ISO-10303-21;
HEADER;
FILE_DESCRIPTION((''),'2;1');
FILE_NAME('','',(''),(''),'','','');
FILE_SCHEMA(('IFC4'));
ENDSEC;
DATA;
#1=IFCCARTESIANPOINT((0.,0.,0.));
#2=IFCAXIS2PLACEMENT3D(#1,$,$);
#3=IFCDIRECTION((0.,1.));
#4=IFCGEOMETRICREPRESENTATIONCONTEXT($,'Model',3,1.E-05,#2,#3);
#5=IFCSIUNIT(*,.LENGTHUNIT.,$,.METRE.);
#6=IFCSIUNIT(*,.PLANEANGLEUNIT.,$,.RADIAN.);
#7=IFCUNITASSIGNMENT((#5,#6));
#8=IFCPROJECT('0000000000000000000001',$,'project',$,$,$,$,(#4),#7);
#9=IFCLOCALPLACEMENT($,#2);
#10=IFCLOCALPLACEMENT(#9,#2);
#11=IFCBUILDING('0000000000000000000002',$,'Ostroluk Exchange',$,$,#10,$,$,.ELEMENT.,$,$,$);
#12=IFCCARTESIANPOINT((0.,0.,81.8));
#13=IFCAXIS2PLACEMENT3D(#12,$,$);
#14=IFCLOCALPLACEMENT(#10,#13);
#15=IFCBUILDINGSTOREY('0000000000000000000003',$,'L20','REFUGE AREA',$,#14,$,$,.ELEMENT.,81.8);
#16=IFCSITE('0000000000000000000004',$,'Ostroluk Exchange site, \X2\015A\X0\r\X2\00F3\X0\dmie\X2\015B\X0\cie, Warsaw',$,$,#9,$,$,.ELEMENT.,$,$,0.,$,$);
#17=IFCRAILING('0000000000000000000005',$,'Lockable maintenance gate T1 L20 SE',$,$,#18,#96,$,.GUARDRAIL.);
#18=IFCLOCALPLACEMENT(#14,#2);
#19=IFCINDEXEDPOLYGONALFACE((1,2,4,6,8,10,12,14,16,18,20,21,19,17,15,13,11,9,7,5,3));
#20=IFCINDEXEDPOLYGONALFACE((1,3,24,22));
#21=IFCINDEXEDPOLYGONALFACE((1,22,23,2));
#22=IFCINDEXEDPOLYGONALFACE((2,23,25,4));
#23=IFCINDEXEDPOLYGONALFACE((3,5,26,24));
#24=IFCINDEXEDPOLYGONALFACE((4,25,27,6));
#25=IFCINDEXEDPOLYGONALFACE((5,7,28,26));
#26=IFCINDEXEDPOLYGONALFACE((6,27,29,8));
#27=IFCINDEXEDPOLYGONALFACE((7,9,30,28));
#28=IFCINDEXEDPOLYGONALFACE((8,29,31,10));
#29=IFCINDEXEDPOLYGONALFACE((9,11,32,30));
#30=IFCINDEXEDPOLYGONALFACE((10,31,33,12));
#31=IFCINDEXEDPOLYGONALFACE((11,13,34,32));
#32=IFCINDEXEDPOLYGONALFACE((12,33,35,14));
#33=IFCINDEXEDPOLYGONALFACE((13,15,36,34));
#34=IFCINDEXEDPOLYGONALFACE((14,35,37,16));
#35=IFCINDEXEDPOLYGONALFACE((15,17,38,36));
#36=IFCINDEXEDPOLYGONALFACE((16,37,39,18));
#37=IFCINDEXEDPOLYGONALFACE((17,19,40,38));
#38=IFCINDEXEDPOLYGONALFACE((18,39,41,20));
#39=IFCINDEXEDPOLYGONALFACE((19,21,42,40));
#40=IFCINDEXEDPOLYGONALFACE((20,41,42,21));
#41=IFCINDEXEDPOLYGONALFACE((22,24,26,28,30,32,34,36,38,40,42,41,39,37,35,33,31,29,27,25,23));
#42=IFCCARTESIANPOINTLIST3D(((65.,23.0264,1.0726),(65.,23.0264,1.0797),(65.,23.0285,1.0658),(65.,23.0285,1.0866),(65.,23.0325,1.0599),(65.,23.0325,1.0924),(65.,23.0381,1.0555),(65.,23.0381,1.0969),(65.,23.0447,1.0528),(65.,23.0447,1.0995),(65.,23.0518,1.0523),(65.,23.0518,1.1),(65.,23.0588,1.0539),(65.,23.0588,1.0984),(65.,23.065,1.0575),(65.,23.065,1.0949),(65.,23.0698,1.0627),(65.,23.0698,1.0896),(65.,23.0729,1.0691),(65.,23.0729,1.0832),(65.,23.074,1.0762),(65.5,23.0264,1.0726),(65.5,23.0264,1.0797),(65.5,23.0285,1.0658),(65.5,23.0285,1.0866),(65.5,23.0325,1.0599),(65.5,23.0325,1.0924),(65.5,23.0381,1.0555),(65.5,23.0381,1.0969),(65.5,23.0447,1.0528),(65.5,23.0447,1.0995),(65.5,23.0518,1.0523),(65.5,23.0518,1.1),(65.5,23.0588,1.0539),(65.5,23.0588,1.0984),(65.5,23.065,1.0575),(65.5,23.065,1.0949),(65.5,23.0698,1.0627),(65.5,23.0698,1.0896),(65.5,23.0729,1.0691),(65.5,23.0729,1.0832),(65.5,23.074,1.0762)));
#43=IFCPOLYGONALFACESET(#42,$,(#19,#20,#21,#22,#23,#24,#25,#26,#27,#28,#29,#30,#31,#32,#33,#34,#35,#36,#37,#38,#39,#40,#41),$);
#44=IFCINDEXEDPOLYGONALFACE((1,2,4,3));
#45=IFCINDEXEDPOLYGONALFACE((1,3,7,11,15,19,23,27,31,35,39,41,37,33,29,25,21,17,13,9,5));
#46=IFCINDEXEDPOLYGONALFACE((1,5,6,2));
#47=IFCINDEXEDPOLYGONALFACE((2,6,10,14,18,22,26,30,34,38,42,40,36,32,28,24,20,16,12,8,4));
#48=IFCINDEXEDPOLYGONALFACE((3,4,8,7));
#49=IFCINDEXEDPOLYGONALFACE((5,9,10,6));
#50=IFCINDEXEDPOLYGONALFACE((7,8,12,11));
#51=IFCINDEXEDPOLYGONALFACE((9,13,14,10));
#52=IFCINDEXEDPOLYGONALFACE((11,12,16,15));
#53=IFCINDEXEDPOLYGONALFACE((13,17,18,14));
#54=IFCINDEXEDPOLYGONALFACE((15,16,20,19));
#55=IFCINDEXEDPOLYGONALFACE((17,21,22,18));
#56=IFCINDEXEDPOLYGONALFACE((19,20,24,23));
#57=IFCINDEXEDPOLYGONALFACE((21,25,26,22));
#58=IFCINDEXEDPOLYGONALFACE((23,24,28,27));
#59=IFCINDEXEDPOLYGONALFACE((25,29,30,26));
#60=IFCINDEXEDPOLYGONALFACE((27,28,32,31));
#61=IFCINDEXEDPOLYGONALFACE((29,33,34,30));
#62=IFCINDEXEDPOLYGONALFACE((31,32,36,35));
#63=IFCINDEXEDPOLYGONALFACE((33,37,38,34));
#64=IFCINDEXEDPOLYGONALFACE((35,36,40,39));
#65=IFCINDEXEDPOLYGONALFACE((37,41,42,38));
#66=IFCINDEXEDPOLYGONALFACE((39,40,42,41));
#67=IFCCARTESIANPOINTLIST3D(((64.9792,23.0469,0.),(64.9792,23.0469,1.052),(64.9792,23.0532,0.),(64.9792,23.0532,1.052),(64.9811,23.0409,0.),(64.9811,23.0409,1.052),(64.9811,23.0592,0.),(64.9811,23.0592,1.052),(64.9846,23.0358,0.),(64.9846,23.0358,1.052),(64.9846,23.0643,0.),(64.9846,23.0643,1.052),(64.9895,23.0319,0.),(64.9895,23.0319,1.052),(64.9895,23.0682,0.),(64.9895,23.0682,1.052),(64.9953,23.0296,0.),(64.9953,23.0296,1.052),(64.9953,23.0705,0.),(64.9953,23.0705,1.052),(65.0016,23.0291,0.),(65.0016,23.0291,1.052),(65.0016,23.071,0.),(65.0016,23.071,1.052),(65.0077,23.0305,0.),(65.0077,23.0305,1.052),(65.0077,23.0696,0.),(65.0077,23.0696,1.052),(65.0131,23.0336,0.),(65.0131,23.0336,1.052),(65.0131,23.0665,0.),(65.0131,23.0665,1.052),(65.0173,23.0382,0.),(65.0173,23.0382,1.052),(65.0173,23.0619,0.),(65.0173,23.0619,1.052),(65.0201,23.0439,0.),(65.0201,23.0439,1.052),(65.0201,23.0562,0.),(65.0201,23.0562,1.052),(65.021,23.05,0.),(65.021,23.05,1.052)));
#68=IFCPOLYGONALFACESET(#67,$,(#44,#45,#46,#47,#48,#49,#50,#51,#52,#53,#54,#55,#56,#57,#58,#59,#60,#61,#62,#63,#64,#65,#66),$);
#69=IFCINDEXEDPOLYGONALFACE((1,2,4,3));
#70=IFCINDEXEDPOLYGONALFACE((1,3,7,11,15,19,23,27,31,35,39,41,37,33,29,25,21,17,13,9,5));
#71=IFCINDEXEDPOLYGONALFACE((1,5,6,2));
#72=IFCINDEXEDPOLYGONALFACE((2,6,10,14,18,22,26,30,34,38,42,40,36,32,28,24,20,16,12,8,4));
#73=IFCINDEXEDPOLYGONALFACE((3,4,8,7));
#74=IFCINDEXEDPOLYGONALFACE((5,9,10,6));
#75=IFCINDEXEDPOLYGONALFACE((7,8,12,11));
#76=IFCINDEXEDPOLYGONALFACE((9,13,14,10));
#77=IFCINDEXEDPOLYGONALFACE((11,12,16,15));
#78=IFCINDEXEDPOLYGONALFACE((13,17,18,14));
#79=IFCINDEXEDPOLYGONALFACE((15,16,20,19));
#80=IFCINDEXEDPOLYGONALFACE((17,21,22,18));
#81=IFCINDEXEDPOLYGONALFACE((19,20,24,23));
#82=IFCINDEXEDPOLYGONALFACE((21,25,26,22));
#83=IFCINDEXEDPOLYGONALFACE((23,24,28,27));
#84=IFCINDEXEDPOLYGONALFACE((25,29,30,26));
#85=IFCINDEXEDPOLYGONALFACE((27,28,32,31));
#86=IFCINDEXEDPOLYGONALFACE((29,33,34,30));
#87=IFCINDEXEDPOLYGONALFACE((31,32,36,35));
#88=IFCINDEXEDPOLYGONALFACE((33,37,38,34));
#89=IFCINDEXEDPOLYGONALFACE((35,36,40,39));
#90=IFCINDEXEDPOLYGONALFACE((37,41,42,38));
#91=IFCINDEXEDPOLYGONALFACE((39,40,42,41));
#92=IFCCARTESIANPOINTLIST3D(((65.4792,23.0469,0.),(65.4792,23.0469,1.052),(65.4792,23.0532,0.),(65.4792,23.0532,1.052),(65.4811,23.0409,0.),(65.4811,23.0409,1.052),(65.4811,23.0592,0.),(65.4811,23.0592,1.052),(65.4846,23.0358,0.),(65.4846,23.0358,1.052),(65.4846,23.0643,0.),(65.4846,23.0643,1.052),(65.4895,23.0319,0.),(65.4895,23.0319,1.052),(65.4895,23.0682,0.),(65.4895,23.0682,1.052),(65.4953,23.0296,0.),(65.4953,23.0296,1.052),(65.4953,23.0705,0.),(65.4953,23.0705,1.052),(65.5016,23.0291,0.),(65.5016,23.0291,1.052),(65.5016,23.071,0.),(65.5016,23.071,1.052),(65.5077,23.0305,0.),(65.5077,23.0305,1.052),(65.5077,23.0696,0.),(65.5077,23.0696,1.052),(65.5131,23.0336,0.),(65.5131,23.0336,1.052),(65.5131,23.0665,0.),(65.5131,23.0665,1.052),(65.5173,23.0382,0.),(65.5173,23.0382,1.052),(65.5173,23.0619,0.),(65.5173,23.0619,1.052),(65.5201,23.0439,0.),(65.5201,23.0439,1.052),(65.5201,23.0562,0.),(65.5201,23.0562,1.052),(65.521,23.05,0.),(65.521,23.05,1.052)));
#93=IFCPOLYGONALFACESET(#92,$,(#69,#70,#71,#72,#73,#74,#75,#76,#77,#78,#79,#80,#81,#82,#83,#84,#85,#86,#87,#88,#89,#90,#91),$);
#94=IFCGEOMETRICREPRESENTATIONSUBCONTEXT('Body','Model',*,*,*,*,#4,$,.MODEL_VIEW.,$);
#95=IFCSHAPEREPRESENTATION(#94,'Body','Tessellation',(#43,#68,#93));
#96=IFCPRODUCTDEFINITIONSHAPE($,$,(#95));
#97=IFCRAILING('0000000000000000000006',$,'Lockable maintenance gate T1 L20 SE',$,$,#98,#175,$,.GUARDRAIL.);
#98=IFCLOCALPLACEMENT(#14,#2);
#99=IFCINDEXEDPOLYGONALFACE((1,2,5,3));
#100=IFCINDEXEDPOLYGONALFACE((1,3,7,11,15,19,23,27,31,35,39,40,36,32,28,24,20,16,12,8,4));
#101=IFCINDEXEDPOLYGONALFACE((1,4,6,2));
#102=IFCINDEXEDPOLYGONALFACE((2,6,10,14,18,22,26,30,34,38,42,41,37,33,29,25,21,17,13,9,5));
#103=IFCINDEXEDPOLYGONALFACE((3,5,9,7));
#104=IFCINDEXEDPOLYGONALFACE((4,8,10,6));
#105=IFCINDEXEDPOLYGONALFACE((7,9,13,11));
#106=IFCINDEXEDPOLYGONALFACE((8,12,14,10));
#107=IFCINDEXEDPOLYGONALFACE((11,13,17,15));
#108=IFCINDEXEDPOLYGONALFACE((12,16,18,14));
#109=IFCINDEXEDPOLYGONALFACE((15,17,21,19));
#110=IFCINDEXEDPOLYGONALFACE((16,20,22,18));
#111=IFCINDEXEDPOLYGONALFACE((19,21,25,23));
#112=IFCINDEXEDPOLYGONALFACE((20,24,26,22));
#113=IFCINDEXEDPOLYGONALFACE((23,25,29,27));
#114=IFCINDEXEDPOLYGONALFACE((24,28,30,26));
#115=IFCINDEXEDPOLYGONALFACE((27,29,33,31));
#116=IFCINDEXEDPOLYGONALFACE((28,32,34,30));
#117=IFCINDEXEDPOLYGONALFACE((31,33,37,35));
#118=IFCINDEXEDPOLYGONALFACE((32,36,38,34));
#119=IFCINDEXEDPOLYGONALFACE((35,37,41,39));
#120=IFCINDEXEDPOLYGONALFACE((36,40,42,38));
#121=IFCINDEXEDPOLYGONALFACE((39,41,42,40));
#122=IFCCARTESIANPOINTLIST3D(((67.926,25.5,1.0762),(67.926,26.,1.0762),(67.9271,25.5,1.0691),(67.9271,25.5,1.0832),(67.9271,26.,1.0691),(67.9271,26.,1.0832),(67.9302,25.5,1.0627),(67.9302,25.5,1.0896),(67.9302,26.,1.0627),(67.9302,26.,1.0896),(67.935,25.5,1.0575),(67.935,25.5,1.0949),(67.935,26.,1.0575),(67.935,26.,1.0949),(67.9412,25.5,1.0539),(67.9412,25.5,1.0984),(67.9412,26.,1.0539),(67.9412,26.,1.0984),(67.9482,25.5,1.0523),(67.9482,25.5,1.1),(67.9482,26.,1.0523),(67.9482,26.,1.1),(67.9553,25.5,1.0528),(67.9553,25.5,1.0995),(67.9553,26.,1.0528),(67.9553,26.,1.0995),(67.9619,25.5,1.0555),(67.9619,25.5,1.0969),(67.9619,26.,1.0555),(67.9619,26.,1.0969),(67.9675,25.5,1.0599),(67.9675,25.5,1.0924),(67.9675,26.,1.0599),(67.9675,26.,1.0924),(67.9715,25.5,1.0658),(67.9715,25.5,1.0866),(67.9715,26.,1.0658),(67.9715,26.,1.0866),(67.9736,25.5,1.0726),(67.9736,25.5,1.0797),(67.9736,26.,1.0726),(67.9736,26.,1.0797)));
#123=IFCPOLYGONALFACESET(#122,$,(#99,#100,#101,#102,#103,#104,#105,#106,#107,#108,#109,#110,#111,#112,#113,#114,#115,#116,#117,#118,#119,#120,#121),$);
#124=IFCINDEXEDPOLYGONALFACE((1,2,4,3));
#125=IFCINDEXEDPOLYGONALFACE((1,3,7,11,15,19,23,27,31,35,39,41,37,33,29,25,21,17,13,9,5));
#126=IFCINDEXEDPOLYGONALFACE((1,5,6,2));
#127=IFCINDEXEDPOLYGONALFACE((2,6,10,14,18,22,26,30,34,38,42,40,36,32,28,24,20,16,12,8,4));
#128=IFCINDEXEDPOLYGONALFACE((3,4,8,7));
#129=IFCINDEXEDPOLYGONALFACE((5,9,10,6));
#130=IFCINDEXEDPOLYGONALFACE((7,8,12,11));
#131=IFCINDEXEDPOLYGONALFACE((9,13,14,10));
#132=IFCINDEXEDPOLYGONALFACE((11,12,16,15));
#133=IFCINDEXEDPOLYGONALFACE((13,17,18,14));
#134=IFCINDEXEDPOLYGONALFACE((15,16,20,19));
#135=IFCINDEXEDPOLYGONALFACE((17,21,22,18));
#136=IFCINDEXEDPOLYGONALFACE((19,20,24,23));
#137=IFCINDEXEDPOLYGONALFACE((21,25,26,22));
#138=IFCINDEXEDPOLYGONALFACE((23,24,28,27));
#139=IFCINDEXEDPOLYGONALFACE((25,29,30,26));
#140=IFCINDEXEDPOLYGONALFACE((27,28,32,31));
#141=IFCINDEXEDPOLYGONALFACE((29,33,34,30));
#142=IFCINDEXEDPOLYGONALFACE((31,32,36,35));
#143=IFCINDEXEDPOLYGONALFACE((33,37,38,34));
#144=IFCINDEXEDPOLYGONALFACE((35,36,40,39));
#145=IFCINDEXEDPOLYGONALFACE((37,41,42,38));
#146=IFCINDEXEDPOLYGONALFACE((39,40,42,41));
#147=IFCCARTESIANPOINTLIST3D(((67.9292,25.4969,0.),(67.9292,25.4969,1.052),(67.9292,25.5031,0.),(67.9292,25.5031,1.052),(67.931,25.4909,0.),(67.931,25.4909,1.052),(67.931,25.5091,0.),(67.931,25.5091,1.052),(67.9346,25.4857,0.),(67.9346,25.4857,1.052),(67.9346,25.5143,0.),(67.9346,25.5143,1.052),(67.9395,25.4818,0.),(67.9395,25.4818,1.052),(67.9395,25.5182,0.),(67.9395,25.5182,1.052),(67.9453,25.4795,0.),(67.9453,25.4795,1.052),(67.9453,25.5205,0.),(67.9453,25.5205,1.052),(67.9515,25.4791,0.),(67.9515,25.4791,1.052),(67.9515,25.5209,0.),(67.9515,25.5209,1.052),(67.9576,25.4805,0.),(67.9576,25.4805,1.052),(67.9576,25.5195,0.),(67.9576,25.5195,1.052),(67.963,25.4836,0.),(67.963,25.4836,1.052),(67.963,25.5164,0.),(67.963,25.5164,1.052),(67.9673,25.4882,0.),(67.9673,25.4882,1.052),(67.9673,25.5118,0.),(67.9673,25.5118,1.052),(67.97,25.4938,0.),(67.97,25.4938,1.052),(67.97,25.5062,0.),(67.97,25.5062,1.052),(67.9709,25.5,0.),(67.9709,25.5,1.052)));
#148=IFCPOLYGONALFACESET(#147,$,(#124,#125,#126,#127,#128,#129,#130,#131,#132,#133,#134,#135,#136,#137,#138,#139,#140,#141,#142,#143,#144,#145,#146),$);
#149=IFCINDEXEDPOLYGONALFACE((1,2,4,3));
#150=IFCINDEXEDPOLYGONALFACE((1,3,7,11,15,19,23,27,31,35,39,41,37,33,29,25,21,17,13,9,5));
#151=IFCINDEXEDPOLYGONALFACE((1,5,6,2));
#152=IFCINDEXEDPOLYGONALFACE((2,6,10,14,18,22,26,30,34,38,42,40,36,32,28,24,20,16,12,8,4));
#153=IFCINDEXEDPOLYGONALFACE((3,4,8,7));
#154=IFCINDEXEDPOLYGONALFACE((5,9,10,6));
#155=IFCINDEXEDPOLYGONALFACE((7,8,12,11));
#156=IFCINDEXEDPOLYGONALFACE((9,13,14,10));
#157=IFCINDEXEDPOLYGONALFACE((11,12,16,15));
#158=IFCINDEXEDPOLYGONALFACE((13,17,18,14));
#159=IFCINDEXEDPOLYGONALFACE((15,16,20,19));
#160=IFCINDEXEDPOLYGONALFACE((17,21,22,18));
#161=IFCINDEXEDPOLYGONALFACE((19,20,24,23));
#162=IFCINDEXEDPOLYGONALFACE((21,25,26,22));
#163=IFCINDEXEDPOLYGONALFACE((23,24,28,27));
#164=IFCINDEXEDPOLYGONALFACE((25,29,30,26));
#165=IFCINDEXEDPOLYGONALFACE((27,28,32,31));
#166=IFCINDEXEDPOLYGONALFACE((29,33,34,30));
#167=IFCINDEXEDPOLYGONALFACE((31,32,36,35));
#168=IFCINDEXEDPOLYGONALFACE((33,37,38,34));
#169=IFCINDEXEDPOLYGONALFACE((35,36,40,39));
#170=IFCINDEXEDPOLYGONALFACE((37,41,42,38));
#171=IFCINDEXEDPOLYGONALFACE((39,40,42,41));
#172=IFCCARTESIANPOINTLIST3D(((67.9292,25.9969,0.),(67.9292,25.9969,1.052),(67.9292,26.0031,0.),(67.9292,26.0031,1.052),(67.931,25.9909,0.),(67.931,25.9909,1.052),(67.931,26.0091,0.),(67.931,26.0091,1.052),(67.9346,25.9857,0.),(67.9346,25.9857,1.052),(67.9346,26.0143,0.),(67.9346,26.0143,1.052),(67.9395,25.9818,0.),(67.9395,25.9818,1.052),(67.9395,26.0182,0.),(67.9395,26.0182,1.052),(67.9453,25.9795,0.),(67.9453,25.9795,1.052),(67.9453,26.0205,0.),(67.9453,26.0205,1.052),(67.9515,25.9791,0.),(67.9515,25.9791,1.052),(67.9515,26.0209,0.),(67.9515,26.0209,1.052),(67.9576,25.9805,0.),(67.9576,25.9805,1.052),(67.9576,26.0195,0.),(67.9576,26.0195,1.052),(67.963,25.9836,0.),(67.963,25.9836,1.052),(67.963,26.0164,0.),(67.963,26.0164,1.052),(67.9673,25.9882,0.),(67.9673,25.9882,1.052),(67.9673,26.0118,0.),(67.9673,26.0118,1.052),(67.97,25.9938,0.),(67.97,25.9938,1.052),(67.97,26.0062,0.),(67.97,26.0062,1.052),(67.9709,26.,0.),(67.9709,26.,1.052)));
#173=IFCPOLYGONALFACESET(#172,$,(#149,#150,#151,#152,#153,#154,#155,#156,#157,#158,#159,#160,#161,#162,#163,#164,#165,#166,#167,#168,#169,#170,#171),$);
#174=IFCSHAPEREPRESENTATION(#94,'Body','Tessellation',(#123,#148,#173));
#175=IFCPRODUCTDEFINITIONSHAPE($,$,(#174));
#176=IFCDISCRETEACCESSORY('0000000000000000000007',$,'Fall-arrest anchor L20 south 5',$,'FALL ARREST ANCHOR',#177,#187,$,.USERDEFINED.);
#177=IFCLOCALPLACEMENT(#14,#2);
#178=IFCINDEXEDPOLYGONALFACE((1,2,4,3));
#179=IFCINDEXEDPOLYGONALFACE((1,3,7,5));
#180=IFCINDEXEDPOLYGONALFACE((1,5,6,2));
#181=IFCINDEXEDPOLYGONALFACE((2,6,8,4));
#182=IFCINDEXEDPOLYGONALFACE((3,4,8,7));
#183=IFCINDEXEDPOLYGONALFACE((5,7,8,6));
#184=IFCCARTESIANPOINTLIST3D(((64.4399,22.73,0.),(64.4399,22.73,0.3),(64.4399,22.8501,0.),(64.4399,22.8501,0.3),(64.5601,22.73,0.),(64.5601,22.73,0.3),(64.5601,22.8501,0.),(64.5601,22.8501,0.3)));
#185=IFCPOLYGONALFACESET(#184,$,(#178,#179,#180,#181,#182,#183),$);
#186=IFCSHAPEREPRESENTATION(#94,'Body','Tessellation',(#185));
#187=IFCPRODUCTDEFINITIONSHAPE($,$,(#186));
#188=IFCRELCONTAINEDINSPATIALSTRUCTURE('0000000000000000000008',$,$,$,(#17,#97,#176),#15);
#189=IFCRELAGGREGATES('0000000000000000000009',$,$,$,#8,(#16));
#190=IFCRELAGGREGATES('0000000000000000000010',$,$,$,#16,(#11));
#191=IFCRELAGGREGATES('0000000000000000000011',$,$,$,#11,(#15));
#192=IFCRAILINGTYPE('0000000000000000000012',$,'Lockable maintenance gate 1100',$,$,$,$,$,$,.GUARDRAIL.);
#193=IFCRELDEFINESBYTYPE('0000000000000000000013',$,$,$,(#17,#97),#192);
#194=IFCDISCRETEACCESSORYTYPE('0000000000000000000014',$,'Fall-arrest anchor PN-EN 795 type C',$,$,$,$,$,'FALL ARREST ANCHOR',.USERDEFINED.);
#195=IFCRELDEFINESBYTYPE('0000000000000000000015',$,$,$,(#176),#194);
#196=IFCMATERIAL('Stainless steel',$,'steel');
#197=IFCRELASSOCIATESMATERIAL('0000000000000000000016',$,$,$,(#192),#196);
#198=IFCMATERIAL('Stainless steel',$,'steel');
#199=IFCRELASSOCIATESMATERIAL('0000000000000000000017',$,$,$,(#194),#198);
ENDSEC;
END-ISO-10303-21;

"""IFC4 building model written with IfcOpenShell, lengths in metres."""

from ifc_helpers import new_model, si_unit, direction, frame, origin, origin_2d, place, context, subcontext, project, spatial, rectangle, circle, extrude, material, type_object, element, save


model = new_model("IFC4")

# Units and contexts
model_context = context("Model", 3, precision=1e-05, world=origin(), true_north=direction((0.0, 1.0)))
body_context = subcontext(model_context, "Body", "Model", "MODEL_VIEW")
ifc_project = project(units=[si_unit("LENGTHUNIT", "METRE"), si_unit("PLANEANGLEUNIT", "RADIAN")], contexts=[model_context])

# Site, building, storey
site_placement = place(None, origin())
site = spatial("IfcSite", under=ifc_project, at=site_placement, Name="Ostroluk Exchange site, Śródmieście, Warsaw", CompositionType="ELEMENT", RefElevation=0.0)
building_placement = place(site_placement, origin())
building = spatial("IfcBuilding", under=site, at=building_placement, Name="Ostroluk Exchange", CompositionType="ELEMENT")
storey_placement = place(building_placement, frame((0.0, 0.0, 81.8)))
storey = spatial("IfcBuildingStorey", under=building, at=storey_placement, Name="L20", Description="REFUGE AREA", CompositionType="ELEMENT", Elevation=81.8)

# Railings
ifc_material_1 = material(Name="Stainless steel", Category="steel")
railing_type_1 = type_object("IfcRailingType", Name="Lockable maintenance gate 1100", PredefinedType="GUARDRAIL", material=ifc_material_1)
railing_1_placement = place(storey_placement, frame((65.0, 23.05, 0.0)))
element("IfcRailing", 1, at=railing_1_placement, inside=storey, type_object=railing_type_1, Name="Lockable maintenance gate T1 L20 SE", PredefinedType="GUARDRAIL", context=body_context, shape_type="SweptSolid", body=[
    extrude(circle(Radius=0.0239, at=origin_2d()), frame((0.0, 0.0, 1.0762), z_axis=(1.0, 0.0, 0.0), x_axis=(0.0, 1.0, 0.0)), (0.0, 0.0, 1.0), 0.5),
    extrude(circle(Radius=0.021, at=origin_2d()), origin(), (0.0, 0.0, 1.0), 1.052),
    extrude(circle(Radius=0.021, at=origin_2d()), frame((0.5, 0.0, 0.0)), (0.0, 0.0, 1.0), 1.052),
])
railing_2_placement = place(storey_placement, frame((67.95, 25.5, 0.0)))
element("IfcRailing", 2, at=railing_2_placement, inside=storey, type_object=railing_type_1, Name="Lockable maintenance gate T1 L20 SE", PredefinedType="GUARDRAIL", context=body_context, shape_type="SweptSolid", body=[
    extrude(circle(Radius=0.0239, at=origin_2d()), frame((0.0, 0.0, 1.0762), z_axis=(0.0, 1.0, 0.0), x_axis=(-1.0, 0.0, 0.0)), (0.0, 0.0, 1.0), 0.5),
    extrude(circle(Radius=0.021, at=origin_2d()), origin(), (0.0, 0.0, 1.0), 1.052),
    extrude(circle(Radius=0.021, at=origin_2d()), frame((0.0, 0.5, 0.0)), (0.0, 0.0, 1.0), 1.052),
])

# Discrete accessory
ifc_material_2 = material(Name="Stainless steel", Category="steel")
discrete_accessory_type = type_object("IfcDiscreteAccessoryType", Name="Fall-arrest anchor PN-EN 795 type C", ElementType="FALL ARREST ANCHOR", PredefinedType="USERDEFINED", material=ifc_material_2)
discrete_accessory_placement = place(storey_placement, frame((64.5, 22.79, 0.0), z_axis=(0.0, 0.0, 1.0), x_axis=(1.0, 0.0, 0.0)))
element("IfcDiscreteAccessory", 3, at=discrete_accessory_placement, inside=storey, type_object=discrete_accessory_type, Name="Fall-arrest anchor L20 south 5", ObjectType="FALL ARREST ANCHOR", PredefinedType="USERDEFINED", context=body_context, shape_type="SweptSolid", body=[
    extrude(rectangle(XDim=0.1201, YDim=0.1201, at=origin_2d()), origin(), (0.0, 0.0, 1.0), 0.3),
])

save(model, "model.ifc")
